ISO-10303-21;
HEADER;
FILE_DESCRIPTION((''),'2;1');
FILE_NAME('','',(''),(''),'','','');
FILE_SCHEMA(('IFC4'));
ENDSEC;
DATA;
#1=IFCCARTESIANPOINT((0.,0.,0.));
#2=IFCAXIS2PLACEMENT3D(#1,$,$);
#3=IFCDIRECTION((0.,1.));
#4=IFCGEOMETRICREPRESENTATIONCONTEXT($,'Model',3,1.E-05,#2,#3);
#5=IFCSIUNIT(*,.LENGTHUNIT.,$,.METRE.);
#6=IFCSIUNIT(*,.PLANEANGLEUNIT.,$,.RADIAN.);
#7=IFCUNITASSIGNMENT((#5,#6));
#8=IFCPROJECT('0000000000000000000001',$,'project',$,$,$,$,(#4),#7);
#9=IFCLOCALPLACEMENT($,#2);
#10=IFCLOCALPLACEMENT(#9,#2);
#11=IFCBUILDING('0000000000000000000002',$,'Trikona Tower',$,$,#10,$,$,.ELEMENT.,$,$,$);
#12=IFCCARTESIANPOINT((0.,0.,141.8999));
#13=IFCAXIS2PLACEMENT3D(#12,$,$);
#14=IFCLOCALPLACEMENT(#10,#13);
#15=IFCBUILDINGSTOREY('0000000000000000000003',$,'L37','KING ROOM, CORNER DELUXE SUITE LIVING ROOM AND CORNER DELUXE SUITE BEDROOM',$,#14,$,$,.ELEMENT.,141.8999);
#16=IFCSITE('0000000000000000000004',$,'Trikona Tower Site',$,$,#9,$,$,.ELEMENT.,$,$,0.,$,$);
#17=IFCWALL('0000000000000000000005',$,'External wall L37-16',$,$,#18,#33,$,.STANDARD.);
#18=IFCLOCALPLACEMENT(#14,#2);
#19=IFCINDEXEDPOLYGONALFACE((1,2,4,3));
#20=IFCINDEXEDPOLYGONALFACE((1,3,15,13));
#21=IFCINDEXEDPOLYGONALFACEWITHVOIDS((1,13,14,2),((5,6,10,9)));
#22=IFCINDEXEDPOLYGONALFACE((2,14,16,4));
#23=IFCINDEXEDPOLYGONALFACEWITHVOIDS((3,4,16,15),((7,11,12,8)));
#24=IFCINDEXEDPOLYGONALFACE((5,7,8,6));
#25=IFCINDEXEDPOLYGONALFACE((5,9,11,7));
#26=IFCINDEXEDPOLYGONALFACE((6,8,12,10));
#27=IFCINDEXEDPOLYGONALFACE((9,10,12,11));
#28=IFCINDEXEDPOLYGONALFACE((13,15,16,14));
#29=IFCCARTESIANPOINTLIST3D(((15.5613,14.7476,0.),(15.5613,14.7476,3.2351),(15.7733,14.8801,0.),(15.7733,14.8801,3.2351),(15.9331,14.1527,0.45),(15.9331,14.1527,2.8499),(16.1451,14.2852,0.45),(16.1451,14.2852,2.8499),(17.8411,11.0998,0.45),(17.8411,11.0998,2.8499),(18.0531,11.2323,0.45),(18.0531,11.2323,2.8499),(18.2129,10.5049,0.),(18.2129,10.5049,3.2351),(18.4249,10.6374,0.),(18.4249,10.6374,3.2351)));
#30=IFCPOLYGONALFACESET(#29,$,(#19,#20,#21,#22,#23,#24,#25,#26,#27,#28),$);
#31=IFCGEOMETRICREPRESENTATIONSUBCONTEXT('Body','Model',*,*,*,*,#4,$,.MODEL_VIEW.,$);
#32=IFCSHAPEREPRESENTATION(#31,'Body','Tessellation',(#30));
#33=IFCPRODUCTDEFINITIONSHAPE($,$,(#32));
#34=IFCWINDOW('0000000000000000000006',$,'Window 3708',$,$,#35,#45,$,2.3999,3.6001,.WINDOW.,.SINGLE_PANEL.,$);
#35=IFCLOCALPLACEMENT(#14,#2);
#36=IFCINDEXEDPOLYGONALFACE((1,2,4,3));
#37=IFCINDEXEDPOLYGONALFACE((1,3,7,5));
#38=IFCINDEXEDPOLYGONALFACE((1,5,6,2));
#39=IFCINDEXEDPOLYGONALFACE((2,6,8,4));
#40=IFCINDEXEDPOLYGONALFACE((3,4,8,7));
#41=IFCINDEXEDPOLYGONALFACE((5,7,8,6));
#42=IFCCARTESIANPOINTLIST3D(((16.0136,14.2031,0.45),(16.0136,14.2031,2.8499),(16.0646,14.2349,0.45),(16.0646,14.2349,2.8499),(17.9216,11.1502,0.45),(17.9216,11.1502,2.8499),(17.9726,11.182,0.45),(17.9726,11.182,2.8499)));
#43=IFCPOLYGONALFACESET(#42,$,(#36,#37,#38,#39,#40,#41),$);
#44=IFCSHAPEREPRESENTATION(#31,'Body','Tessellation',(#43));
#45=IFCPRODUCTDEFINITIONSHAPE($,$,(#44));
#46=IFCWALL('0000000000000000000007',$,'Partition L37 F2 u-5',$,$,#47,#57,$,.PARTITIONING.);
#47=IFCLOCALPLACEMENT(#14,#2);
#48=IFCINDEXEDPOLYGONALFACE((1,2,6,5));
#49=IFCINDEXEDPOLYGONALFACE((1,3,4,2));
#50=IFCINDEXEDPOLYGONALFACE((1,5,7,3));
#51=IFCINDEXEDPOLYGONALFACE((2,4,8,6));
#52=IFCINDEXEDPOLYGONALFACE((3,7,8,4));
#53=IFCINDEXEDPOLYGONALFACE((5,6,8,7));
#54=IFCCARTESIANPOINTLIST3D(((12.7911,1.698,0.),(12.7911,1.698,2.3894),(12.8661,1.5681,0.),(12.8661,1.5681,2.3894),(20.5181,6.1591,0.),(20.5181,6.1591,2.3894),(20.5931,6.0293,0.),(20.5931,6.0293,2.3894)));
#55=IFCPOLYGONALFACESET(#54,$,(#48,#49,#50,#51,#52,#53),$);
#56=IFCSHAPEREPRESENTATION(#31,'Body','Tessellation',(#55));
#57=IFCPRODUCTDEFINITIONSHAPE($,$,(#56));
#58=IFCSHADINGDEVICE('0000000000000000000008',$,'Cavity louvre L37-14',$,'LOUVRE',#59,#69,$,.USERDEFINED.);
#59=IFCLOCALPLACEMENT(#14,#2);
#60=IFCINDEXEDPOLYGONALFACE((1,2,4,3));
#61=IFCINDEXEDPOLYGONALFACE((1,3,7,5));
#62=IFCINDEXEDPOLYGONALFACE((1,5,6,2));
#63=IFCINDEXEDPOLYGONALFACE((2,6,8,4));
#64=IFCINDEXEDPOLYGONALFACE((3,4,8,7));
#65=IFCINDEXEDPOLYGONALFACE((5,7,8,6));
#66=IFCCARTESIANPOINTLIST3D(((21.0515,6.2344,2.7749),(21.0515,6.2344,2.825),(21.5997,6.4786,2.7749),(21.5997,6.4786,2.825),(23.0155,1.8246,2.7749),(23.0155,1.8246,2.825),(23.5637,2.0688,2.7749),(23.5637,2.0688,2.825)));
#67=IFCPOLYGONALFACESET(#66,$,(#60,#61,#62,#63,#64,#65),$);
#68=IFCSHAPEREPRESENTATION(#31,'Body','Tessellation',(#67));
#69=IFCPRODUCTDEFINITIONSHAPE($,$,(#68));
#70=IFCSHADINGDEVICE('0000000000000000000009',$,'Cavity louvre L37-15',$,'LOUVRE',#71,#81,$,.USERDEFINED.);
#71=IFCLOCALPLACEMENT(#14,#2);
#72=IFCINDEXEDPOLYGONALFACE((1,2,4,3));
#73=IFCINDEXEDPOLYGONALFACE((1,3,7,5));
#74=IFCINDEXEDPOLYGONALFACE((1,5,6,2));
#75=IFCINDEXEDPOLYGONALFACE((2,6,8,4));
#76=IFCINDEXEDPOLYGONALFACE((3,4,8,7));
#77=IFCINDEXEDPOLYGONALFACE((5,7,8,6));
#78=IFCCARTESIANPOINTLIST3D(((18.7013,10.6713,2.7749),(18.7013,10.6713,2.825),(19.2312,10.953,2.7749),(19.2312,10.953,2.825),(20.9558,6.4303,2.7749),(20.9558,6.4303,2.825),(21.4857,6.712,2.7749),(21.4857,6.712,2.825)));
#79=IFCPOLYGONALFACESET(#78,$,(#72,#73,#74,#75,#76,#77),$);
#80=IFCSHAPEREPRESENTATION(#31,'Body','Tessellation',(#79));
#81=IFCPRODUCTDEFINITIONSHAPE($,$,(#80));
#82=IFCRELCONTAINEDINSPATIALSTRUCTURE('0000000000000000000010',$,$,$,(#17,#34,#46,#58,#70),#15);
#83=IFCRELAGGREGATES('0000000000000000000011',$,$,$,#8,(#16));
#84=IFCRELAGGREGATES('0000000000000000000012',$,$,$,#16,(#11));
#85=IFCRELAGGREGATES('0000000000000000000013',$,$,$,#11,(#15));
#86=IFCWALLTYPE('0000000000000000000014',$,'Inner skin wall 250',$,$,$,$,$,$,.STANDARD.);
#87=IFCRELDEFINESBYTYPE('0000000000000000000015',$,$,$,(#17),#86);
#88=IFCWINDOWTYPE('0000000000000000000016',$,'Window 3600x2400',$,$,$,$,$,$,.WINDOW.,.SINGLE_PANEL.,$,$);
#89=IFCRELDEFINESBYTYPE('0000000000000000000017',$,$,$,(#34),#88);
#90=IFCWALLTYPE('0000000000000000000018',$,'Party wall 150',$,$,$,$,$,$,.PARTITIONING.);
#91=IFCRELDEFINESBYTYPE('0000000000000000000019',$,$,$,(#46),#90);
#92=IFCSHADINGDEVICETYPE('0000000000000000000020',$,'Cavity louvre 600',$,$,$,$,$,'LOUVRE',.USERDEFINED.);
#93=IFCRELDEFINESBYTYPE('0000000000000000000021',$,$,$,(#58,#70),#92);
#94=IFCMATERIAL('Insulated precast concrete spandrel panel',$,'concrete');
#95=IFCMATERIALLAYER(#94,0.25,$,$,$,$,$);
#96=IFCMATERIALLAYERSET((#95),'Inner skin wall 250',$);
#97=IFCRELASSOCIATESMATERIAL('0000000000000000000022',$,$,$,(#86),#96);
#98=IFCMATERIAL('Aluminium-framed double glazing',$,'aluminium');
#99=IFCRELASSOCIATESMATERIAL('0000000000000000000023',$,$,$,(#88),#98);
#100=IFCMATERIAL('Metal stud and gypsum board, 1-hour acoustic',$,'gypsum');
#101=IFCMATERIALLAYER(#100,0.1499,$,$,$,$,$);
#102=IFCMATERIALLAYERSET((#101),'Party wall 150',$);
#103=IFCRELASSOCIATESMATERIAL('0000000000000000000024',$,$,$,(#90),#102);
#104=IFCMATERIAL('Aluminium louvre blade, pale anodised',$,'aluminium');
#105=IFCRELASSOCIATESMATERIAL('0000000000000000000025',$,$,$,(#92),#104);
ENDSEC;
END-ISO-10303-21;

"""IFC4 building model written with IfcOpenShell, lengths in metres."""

from ifc_helpers import new_model, si_unit, direction, frame, frame_2d, origin, origin_2d, place, context, subcontext, project, spatial, rectangle, extrude, material, layer, layer_set, type_object, element, fill, save


model = new_model("IFC4")

# Units and contexts
model_context = context("Model", 3, precision=1e-05, world=origin(), true_north=direction((0.0, 1.0)))
body_context = subcontext(model_context, "Body", "Model", "MODEL_VIEW")
ifc_project = project(units=[si_unit("LENGTHUNIT", "METRE"), si_unit("PLANEANGLEUNIT", "RADIAN")], contexts=[model_context])

# Site, building, storey
site_placement = place(None, origin())
site = spatial("IfcSite", under=ifc_project, at=site_placement, Name="Trikona Tower Site", CompositionType="ELEMENT", RefElevation=0.0)
building_placement = place(site_placement, origin())
building = spatial("IfcBuilding", under=site, at=building_placement, Name="Trikona Tower", CompositionType="ELEMENT")
storey_placement = place(building_placement, frame((0.0, 0.0, 141.8999)))
storey = spatial("IfcBuildingStorey", under=building, at=storey_placement, Name="L37", Description="KING ROOM, CORNER DELUXE SUITE LIVING ROOM AND CORNER DELUXE SUITE BEDROOM", CompositionType="ELEMENT", Elevation=141.8999)

# Wall, opening, window
ifc_material_1 = material(Name="Insulated precast concrete spandrel panel", Category="concrete")
ifc_layer_1 = layer(ifc_material_1, 0.25)
ifc_layer_set_1 = layer_set([ifc_layer_1], Name="Inner skin wall 250")
wall_type_1 = type_object("IfcWallType", Name="Inner skin wall 250", PredefinedType="STANDARD", material=ifc_layer_set_1)
ifc_material_2 = material(Name="Aluminium-framed double glazing", Category="aluminium")
window_type = type_object("IfcWindowType", Name="Window 3600x2400", PartitioningType="SINGLE_PANEL", PredefinedType="WINDOW", material=ifc_material_2)
wall_1_placement = place(storey_placement, frame((18.3188, 10.5713, 0.0), z_axis=(0.0, 0.0, 1.0), x_axis=(-0.52999, 0.848004, 0.0)))
wall_1 = element("IfcWall", 1, at=wall_1_placement, inside=storey, type_object=wall_type_1, Name="External wall L37-16", PredefinedType="STANDARD", context=body_context, shape_type="SweptSolid", body=[
    extrude(rectangle(XDim=5.0032, YDim=0.25, at=frame_2d((2.5015, 0.0))), origin(), (0.0, 0.0, 1.0), 3.2351),
])
opening_1_placement = place(wall_1_placement, frame((0.7014, 0.0, 0.45)))
opening_1 = element("IfcOpeningElement", 2, at=opening_1_placement, cuts=wall_1, PredefinedType="OPENING", context=body_context, shape_type="SweptSolid", body=[
    extrude(rectangle(XDim=3.6001, YDim=2.3999, at=frame_2d((1.8, 1.2))), frame((0.0, 0.135, 0.0), z_axis=(0.0, -1.0, 0.0), x_axis=(1.0, 0.0, 0.0)), (0.0, 0.0, 1.0), 0.27),
])
window_1_placement = place(opening_1_placement, origin())
window_1 = element("IfcWindow", 3, at=window_1_placement, inside=storey, type_object=window_type, Name="Window 3708", OverallHeight=2.3999, OverallWidth=3.6001, PartitioningType="SINGLE_PANEL", PredefinedType="WINDOW", context=body_context, shape_type="SweptSolid", body=[
    extrude(rectangle(XDim=3.6001, YDim=2.3999, at=frame_2d((1.8, 1.2))), frame((0.0, 0.03, 0.0), z_axis=(0.0, -1.0, 0.0), x_axis=(1.0, 0.0, 0.0)), (0.0, 0.0, 1.0), 0.0601),
])
fill(opening_1, window_1)

# Wall
ifc_material_3 = material(Name="Metal stud and gypsum board, 1-hour acoustic", Category="gypsum")
ifc_layer_2 = layer(ifc_material_3, 0.1499)
ifc_layer_set_2 = layer_set([ifc_layer_2], Name="Party wall 150")
wall_type_2 = type_object("IfcWallType", Name="Party wall 150", PredefinedType="PARTITIONING", material=ifc_layer_set_2)
wall_2_placement = place(storey_placement, frame((12.8286, 1.6331, 0.0), z_axis=(0.0, 0.0, 1.0), x_axis=(0.866027, 0.499997, 0.0)))
element("IfcWall", 4, at=wall_2_placement, inside=storey, type_object=wall_type_2, Name="Partition L37 F2 u-5", PredefinedType="PARTITIONING", context=body_context, shape_type="SweptSolid", body=[
    extrude(rectangle(XDim=8.9224, YDim=0.1499, at=frame_2d((4.4612, 0.0))), origin(), (0.0, 0.0, 1.0), 2.3894),
])

# Shading devices
ifc_material_4 = material(Name="Aluminium louvre blade, pale anodised", Category="aluminium")
shading_device_type = type_object("IfcShadingDeviceType", Name="Cavity louvre 600", ElementType="LOUVRE", PredefinedType="USERDEFINED", material=ifc_material_4)
shading_device_1_placement = place(storey_placement, frame((22.3076, 4.1516, 2.7749), z_axis=(0.0, 0.0, 1.0), x_axis=(-0.406843, 0.913498, 0.0)))
element("IfcShadingDevice", 5, at=shading_device_1_placement, inside=storey, type_object=shading_device_type, Name="Cavity louvre L37-14", ObjectType="LOUVRE", PredefinedType="USERDEFINED", context=body_context, shape_type="SweptSolid", body=[
    extrude(rectangle(XDim=4.8274, YDim=0.6001, at=origin_2d()), origin(), (0.0, 0.0, 1.0), 0.05),
])
shading_device_2_placement = place(storey_placement, frame((20.0935, 8.6917, 2.7749), z_axis=(0.0, 0.0, 1.0), x_axis=(-0.469398, 0.882987, 0.0)))
element("IfcShadingDevice", 6, at=shading_device_2_placement, inside=storey, type_object=shading_device_type, Name="Cavity louvre L37-15", ObjectType="LOUVRE", PredefinedType="USERDEFINED", context=body_context, shape_type="SweptSolid", body=[
    extrude(rectangle(XDim=4.803, YDim=0.6001, at=origin_2d()), origin(), (0.0, 0.0, 1.0), 0.05),
])

save(model, "model.ifc")
